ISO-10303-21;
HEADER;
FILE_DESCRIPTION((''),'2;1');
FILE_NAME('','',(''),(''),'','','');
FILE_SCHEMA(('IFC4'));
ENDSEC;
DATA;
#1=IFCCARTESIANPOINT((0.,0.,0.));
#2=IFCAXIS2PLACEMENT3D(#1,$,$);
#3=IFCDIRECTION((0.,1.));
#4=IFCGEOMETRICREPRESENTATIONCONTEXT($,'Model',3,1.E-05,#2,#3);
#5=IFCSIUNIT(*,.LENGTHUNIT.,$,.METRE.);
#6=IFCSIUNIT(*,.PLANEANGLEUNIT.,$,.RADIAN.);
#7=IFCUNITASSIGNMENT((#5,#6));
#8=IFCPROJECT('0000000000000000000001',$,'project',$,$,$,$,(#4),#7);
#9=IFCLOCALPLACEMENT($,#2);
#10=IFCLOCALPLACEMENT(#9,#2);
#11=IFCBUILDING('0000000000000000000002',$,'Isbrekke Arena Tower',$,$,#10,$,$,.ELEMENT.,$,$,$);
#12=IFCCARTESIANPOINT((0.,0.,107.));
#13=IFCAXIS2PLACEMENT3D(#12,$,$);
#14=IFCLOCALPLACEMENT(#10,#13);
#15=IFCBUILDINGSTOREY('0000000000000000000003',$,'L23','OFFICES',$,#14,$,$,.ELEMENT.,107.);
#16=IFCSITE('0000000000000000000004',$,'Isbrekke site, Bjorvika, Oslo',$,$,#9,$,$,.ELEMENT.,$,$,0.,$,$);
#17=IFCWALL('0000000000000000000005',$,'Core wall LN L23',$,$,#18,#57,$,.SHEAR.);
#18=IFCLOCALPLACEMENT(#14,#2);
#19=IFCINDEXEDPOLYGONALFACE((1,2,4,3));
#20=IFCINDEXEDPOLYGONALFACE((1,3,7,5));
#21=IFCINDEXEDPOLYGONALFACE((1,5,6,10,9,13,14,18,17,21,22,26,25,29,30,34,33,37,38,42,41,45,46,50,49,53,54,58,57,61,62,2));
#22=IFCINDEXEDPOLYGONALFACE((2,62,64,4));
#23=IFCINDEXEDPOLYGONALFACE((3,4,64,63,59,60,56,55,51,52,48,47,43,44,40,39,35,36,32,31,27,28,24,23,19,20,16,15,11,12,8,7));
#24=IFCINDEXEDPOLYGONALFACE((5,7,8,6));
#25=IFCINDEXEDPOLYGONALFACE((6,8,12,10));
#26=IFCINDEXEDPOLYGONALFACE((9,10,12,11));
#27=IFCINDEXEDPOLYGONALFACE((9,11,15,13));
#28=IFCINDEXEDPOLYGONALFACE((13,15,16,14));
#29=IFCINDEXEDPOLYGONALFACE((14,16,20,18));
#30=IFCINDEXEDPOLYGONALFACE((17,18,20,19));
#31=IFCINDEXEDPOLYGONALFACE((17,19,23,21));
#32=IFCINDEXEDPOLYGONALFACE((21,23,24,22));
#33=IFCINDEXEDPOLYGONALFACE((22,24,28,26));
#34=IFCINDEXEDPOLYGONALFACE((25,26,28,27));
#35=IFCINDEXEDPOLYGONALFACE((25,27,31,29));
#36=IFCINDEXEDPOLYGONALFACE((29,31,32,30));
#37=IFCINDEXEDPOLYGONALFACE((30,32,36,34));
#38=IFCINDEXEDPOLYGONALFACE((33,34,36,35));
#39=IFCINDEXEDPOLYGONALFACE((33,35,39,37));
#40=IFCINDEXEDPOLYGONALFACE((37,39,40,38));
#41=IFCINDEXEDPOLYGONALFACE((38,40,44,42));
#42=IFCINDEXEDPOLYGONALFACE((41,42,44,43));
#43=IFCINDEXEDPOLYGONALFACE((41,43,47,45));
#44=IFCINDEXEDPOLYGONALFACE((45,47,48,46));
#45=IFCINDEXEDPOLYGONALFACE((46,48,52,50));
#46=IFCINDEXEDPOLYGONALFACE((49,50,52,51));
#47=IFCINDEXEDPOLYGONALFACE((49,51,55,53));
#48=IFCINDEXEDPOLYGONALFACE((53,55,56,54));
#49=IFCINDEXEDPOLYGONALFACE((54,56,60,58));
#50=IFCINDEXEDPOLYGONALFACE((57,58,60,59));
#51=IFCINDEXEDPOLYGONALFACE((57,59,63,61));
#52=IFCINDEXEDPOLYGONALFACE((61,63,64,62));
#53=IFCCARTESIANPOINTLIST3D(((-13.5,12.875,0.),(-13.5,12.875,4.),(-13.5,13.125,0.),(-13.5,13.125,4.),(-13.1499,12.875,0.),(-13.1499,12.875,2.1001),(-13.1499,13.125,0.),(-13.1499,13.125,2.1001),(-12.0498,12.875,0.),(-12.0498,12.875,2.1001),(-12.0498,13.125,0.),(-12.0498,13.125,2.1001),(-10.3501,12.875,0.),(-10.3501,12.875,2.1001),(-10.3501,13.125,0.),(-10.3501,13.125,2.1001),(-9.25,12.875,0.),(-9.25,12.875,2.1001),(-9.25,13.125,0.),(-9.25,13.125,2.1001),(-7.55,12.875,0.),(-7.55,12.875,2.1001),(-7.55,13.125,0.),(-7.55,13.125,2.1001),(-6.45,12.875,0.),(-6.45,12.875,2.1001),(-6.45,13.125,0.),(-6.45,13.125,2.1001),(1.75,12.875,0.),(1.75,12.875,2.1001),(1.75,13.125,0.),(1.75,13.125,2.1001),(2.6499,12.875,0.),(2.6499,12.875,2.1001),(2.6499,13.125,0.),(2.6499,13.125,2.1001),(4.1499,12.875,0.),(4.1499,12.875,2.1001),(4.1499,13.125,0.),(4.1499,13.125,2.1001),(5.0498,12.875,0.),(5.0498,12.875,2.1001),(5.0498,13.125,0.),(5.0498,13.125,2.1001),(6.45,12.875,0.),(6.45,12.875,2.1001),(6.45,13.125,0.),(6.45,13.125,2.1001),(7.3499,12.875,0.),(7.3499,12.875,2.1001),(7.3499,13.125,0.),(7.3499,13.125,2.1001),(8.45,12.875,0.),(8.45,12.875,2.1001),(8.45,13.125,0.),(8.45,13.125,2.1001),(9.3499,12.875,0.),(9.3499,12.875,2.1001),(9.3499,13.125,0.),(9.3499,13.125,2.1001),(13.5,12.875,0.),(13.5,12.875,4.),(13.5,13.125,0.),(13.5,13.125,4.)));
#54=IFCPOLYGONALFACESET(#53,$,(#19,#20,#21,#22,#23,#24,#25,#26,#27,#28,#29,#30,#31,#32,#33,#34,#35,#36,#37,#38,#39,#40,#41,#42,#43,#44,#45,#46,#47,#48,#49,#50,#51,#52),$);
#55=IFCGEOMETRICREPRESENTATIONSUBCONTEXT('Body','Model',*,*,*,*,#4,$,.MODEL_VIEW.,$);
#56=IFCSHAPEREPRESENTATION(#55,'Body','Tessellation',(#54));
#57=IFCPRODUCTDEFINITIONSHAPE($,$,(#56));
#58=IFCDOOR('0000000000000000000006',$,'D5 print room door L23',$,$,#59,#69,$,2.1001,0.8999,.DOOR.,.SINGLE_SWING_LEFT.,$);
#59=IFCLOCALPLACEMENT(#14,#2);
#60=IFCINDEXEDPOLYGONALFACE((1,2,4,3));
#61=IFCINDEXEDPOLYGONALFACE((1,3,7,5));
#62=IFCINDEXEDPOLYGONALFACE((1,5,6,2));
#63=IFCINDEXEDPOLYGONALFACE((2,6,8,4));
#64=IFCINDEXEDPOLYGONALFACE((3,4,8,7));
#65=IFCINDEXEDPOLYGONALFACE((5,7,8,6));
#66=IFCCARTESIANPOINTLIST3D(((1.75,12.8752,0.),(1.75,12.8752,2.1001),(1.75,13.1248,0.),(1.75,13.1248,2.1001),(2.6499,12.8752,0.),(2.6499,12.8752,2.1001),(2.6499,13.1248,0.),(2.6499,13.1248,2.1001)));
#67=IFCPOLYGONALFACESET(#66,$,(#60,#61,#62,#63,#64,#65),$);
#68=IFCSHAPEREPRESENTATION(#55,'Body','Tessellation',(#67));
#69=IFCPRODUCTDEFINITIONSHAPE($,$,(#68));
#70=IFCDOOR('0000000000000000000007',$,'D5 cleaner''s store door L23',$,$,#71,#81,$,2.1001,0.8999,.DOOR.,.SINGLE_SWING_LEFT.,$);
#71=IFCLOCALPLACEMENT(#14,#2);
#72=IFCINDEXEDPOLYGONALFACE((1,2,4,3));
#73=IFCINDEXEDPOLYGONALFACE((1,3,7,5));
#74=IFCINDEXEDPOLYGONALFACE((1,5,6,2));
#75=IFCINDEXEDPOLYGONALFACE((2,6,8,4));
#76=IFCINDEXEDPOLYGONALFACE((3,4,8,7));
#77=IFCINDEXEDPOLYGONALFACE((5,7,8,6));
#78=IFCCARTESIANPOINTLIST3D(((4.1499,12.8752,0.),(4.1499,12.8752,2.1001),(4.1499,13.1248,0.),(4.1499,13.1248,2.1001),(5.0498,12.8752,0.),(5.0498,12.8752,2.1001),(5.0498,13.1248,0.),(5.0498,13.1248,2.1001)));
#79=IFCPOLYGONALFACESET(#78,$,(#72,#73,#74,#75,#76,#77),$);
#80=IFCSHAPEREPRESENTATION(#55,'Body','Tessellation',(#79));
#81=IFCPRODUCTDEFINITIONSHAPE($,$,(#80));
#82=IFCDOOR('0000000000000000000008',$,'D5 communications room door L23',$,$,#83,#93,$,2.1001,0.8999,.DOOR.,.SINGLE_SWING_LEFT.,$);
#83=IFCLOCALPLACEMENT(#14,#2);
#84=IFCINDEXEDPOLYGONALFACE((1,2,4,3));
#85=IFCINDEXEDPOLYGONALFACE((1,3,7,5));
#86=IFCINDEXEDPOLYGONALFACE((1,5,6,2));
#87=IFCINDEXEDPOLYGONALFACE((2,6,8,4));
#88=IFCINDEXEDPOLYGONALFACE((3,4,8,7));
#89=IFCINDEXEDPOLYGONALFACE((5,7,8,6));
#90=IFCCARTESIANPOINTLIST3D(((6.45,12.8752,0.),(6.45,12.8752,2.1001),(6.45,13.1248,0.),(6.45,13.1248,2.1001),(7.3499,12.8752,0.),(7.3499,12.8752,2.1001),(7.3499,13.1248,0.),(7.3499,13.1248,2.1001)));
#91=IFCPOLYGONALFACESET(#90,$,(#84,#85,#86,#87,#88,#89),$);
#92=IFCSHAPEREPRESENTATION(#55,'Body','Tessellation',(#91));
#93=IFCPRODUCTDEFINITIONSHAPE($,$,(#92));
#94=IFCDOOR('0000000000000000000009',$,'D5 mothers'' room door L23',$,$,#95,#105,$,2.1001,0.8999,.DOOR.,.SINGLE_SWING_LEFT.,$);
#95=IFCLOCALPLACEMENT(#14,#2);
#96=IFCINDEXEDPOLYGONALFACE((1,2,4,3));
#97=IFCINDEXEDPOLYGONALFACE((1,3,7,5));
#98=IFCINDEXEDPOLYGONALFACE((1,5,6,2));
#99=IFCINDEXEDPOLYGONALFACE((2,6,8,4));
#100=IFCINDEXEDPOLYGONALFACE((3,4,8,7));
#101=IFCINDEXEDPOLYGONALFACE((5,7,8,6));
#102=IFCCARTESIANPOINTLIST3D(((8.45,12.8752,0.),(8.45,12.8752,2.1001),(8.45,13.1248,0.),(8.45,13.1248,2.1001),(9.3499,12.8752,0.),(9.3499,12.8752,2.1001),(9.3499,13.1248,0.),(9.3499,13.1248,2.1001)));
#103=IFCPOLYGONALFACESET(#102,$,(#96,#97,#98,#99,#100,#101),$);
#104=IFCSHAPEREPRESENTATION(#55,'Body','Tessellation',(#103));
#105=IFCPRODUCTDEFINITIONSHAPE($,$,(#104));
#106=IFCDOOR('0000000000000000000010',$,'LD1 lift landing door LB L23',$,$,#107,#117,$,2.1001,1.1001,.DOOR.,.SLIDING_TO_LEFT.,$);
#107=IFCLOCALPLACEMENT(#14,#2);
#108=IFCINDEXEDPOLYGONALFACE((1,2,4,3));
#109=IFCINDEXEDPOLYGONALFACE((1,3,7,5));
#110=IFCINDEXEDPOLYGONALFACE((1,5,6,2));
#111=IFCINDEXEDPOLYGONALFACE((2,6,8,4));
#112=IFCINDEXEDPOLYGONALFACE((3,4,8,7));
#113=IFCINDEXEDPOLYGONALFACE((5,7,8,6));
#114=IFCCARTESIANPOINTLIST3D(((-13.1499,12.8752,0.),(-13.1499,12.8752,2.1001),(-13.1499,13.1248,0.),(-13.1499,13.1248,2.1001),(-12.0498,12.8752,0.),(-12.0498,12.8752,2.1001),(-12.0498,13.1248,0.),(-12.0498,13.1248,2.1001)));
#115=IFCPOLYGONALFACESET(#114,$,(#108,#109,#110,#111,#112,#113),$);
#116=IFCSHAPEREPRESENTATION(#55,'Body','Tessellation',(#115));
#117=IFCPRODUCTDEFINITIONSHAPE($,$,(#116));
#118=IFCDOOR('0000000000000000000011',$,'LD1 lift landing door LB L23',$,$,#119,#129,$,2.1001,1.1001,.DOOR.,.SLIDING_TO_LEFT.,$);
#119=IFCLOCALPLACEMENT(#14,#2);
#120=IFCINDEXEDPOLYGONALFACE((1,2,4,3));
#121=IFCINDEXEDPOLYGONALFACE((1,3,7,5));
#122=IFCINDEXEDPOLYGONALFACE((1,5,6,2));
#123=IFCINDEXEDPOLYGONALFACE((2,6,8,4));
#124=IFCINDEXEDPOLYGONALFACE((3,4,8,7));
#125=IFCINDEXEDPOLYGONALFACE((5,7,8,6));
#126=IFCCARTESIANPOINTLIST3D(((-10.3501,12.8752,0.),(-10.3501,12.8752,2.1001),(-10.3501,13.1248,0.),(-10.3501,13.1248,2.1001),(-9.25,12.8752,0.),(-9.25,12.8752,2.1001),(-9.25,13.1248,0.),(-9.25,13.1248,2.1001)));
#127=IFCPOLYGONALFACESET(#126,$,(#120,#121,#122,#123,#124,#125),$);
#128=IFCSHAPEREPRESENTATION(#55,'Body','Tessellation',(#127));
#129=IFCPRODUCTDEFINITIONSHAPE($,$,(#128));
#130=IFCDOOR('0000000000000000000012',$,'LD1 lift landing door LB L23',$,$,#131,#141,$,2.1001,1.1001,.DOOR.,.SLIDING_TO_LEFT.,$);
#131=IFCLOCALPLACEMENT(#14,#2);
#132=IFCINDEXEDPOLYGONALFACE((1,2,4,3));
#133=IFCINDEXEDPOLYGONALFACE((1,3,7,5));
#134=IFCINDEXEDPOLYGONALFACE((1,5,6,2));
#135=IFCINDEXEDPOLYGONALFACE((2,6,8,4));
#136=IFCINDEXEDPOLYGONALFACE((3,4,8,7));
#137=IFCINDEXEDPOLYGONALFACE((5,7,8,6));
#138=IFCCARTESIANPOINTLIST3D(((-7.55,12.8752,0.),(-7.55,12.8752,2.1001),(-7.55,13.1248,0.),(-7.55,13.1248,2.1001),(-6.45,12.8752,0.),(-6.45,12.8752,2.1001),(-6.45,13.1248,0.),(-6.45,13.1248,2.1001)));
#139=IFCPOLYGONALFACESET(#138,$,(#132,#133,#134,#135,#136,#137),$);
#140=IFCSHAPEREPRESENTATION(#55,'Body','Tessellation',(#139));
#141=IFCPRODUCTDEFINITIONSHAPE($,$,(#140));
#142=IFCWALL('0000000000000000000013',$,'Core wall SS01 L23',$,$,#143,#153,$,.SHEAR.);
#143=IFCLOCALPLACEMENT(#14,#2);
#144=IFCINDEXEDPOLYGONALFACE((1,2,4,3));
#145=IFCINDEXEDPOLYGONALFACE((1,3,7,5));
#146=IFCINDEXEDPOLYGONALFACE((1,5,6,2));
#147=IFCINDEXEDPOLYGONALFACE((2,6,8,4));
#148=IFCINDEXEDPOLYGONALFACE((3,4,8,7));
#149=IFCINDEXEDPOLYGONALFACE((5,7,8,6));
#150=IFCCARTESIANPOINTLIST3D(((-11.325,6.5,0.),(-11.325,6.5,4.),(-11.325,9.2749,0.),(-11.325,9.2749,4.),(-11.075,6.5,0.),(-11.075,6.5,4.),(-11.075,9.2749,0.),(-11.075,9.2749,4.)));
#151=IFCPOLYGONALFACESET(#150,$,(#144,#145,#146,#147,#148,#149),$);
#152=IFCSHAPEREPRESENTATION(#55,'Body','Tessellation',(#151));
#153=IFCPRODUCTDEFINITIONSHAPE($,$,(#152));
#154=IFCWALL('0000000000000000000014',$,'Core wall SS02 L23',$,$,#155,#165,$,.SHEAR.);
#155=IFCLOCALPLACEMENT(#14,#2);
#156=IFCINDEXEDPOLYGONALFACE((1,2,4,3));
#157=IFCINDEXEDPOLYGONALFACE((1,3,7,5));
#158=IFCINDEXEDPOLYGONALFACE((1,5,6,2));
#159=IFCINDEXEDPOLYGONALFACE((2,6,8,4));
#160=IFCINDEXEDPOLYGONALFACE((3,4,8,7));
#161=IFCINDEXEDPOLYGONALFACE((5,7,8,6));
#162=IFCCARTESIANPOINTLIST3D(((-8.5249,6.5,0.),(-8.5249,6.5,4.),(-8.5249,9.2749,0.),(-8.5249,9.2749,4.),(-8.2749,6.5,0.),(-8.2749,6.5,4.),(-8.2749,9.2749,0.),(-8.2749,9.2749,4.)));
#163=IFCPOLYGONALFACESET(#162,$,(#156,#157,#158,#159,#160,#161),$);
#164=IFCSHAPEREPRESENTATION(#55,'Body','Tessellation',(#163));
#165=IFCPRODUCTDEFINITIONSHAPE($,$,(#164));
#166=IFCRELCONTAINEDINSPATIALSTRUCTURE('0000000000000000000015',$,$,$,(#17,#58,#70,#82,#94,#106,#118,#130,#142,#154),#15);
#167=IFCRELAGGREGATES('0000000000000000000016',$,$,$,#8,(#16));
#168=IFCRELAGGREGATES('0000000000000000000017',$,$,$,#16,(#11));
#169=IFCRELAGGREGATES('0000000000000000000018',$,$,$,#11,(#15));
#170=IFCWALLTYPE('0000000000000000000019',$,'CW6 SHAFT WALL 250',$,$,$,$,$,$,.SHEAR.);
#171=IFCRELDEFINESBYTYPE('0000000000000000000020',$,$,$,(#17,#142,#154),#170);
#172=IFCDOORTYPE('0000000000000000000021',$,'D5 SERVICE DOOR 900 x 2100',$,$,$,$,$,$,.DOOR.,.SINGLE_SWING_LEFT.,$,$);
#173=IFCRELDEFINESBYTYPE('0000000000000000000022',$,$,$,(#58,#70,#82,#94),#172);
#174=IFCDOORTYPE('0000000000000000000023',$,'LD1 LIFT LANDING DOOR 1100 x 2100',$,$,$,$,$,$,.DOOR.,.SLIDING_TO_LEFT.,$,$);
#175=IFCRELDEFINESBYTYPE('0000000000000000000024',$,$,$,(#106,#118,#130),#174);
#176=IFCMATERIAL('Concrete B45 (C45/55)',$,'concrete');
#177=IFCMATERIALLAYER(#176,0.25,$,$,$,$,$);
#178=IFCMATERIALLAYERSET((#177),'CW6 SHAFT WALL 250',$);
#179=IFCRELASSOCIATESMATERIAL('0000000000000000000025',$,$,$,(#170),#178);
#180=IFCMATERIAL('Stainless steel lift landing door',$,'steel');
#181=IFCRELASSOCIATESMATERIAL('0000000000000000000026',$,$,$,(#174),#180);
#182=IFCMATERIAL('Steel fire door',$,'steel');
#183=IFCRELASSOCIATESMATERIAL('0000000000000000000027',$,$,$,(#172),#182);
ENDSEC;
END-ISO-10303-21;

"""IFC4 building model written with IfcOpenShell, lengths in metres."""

from ifc_helpers import new_model, si_unit, direction, frame, frame_2d, origin, place, context, subcontext, project, spatial, rectangle, extrude, material, layer, layer_set, type_object, element, fill, save


model = new_model("IFC4")

# Units and contexts
model_context = context("Model", 3, precision=1e-05, world=origin(), true_north=direction((0.0, 1.0)))
body_context = subcontext(model_context, "Body", "Model", "MODEL_VIEW")
ifc_project = project(units=[si_unit("LENGTHUNIT", "METRE"), si_unit("PLANEANGLEUNIT", "RADIAN")], contexts=[model_context])

# Site, building, storey
site_placement = place(None, origin())
site = spatial("IfcSite", under=ifc_project, at=site_placement, Name="Isbrekke site, Bjorvika, Oslo", CompositionType="ELEMENT", RefElevation=0.0)
building_placement = place(site_placement, origin())
building = spatial("IfcBuilding", under=site, at=building_placement, Name="Isbrekke Arena Tower", CompositionType="ELEMENT")
storey_placement = place(building_placement, frame((0.0, 0.0, 107.0)))
storey = spatial("IfcBuildingStorey", under=building, at=storey_placement, Name="L23", Description="OFFICES", CompositionType="ELEMENT", Elevation=107.0)

# Wall, openings, doors
ifc_material_1 = material(Name="Concrete B45 (C45/55)", Category="concrete")
ifc_layer_1 = layer(ifc_material_1, 0.25)
ifc_layer_set_1 = layer_set([ifc_layer_1], Name="CW6 SHAFT WALL 250")
wall_type_1 = type_object("IfcWallType", Name="CW6 SHAFT WALL 250", PredefinedType="SHEAR", material=ifc_layer_set_1)
ifc_material_2 = material(Name="Stainless steel lift landing door", Category="steel")
door_type_1 = type_object("IfcDoorType", Name="LD1 LIFT LANDING DOOR 1100 x 2100", OperationType="SLIDING_TO_LEFT", PredefinedType="DOOR", material=ifc_material_2)
wall_1_placement = place(storey_placement, frame((-13.5, 13.0, 0.0), z_axis=(0.0, 0.0, 1.0), x_axis=(1.0, 0.0, 0.0)))
wall_1 = element("IfcWall", 1, at=wall_1_placement, inside=storey, type_object=wall_type_1, Name="Core wall LN L23", PredefinedType="SHEAR", context=body_context, shape_type="SweptSolid", body=[
    extrude(rectangle(XDim=27.0, YDim=0.25, at=frame_2d((13.5, 0.0))), origin(), (0.0, 0.0, 1.0), 4.0),
])
opening_1_placement = place(wall_1_placement, frame((0.3501, 0.0, 0.0)))
opening_1 = element("IfcOpeningElement", 2, at=opening_1_placement, cuts=wall_1, PredefinedType="OPENING", context=body_context, shape_type="SweptSolid", body=[
    extrude(rectangle(XDim=1.1001, YDim=2.1001, at=frame_2d((0.55, 1.05))), frame((0.0, 0.1399, 0.0), z_axis=(0.0, -1.0, 0.0), x_axis=(1.0, 0.0, 0.0)), (0.0, 0.0, 1.0), 0.2798),
])
opening_2_placement = place(wall_1_placement, frame((3.1499, 0.0, 0.0)))
opening_2 = element("IfcOpeningElement", 3, at=opening_2_placement, cuts=wall_1, PredefinedType="OPENING", context=body_context, shape_type="SweptSolid", body=[
    extrude(rectangle(XDim=1.1001, YDim=2.1001, at=frame_2d((0.55, 1.05))), frame((0.0, 0.1399, 0.0), z_axis=(0.0, -1.0, 0.0), x_axis=(1.0, 0.0, 0.0)), (0.0, 0.0, 1.0), 0.2798),
])
opening_3_placement = place(wall_1_placement, frame((5.95, 0.0, 0.0)))
opening_3 = element("IfcOpeningElement", 4, at=opening_3_placement, cuts=wall_1, PredefinedType="OPENING", context=body_context, shape_type="SweptSolid", body=[
    extrude(rectangle(XDim=1.1001, YDim=2.1001, at=frame_2d((0.55, 1.05))), frame((0.0, 0.1399, 0.0), z_axis=(0.0, -1.0, 0.0), x_axis=(1.0, 0.0, 0.0)), (0.0, 0.0, 1.0), 0.2798),
])
opening_4_placement = place(wall_1_placement, frame((15.25, 0.0, 0.0)))
opening_4 = element("IfcOpeningElement", 5, at=opening_4_placement, cuts=wall_1, PredefinedType="OPENING", context=body_context, shape_type="SweptSolid", body=[
    extrude(rectangle(XDim=0.8999, YDim=2.1001, at=frame_2d((0.45, 1.05))), frame((0.0, 0.1399, 0.0), z_axis=(0.0, -1.0, 0.0), x_axis=(1.0, 0.0, 0.0)), (0.0, 0.0, 1.0), 0.2798),
])
opening_5_placement = place(wall_1_placement, frame((17.6499, 0.0, 0.0)))
opening_5 = element("IfcOpeningElement", 6, at=opening_5_placement, cuts=wall_1, PredefinedType="OPENING", context=body_context, shape_type="SweptSolid", body=[
    extrude(rectangle(XDim=0.8999, YDim=2.1001, at=frame_2d((0.45, 1.05))), frame((0.0, 0.1399, 0.0), z_axis=(0.0, -1.0, 0.0), x_axis=(1.0, 0.0, 0.0)), (0.0, 0.0, 1.0), 0.2798),
])
opening_6_placement = place(wall_1_placement, frame((19.95, 0.0, 0.0)))
opening_6 = element("IfcOpeningElement", 7, at=opening_6_placement, cuts=wall_1, PredefinedType="OPENING", context=body_context, shape_type="SweptSolid", body=[
    extrude(rectangle(XDim=0.8999, YDim=2.1001, at=frame_2d((0.45, 1.05))), frame((0.0, 0.1399, 0.0), z_axis=(0.0, -1.0, 0.0), x_axis=(1.0, 0.0, 0.0)), (0.0, 0.0, 1.0), 0.2798),
])
opening_7_placement = place(wall_1_placement, frame((21.95, 0.0, 0.0)))
opening_7 = element("IfcOpeningElement", 8, at=opening_7_placement, cuts=wall_1, PredefinedType="OPENING", context=body_context, shape_type="SweptSolid", body=[
    extrude(rectangle(XDim=0.8999, YDim=2.1001, at=frame_2d((0.45, 1.05))), frame((0.0, 0.1399, 0.0), z_axis=(0.0, -1.0, 0.0), x_axis=(1.0, 0.0, 0.0)), (0.0, 0.0, 1.0), 0.2798),
])
ifc_material_3 = material(Name="Steel fire door", Category="steel")
door_type_2 = type_object("IfcDoorType", Name="D5 SERVICE DOOR 900 x 2100", OperationType="SINGLE_SWING_LEFT", PredefinedType="DOOR", material=ifc_material_3)
door_1_placement = place(opening_4_placement, origin())
door_1 = element("IfcDoor", 9, at=door_1_placement, inside=storey, type_object=door_type_2, Name="D5 print room door L23", OperationType="SINGLE_SWING_LEFT", OverallHeight=2.1001, OverallWidth=0.8999, PredefinedType="DOOR", context=body_context, shape_type="SweptSolid", body=[
    extrude(rectangle(XDim=0.8999, YDim=2.1001, at=frame_2d((0.45, 1.05))), frame((0.0, 0.1248, 0.0), z_axis=(0.0, -1.0, 0.0), x_axis=(1.0, 0.0, 0.0)), (0.0, 0.0, 1.0), 0.2495),
])
fill(opening_4, door_1)
door_2_placement = place(opening_5_placement, origin())
door_2 = element("IfcDoor", 10, at=door_2_placement, inside=storey, type_object=door_type_2, Name="D5 cleaner's store door L23", OperationType="SINGLE_SWING_LEFT", OverallHeight=2.1001, OverallWidth=0.8999, PredefinedType="DOOR", context=body_context, shape_type="SweptSolid", body=[
    extrude(rectangle(XDim=0.8999, YDim=2.1001, at=frame_2d((0.45, 1.05))), frame((0.0, 0.1248, 0.0), z_axis=(0.0, -1.0, 0.0), x_axis=(1.0, 0.0, 0.0)), (0.0, 0.0, 1.0), 0.2495),
])
fill(opening_5, door_2)
door_3_placement = place(opening_6_placement, origin())
door_3 = element("IfcDoor", 11, at=door_3_placement, inside=storey, type_object=door_type_2, Name="D5 communications room door L23", OperationType="SINGLE_SWING_LEFT", OverallHeight=2.1001, OverallWidth=0.8999, PredefinedType="DOOR", context=body_context, shape_type="SweptSolid", body=[
    extrude(rectangle(XDim=0.8999, YDim=2.1001, at=frame_2d((0.45, 1.05))), frame((0.0, 0.1248, 0.0), z_axis=(0.0, -1.0, 0.0), x_axis=(1.0, 0.0, 0.0)), (0.0, 0.0, 1.0), 0.2495),
])
fill(opening_6, door_3)
door_4_placement = place(opening_7_placement, origin())
door_4 = element("IfcDoor", 12, at=door_4_placement, inside=storey, type_object=door_type_2, Name="D5 mothers' room door L23", OperationType="SINGLE_SWING_LEFT", OverallHeight=2.1001, OverallWidth=0.8999, PredefinedType="DOOR", context=body_context, shape_type="SweptSolid", body=[
    extrude(rectangle(XDim=0.8999, YDim=2.1001, at=frame_2d((0.45, 1.05))), frame((0.0, 0.1248, 0.0), z_axis=(0.0, -1.0, 0.0), x_axis=(1.0, 0.0, 0.0)), (0.0, 0.0, 1.0), 0.2495),
])
fill(opening_7, door_4)
door_5_placement = place(opening_1_placement, origin())
door_5 = element("IfcDoor", 13, at=door_5_placement, inside=storey, type_object=door_type_1, Name="LD1 lift landing door LB L23", OperationType="SLIDING_TO_LEFT", OverallHeight=2.1001, OverallWidth=1.1001, PredefinedType="DOOR", context=body_context, shape_type="SweptSolid", body=[
    extrude(rectangle(XDim=1.1001, YDim=2.1001, at=frame_2d((0.55, 1.05))), frame((0.0, 0.1248, 0.0), z_axis=(0.0, -1.0, 0.0), x_axis=(1.0, 0.0, 0.0)), (0.0, 0.0, 1.0), 0.2495),
])
fill(opening_1, door_5)
door_6_placement = place(opening_2_placement, origin())
door_6 = element("IfcDoor", 14, at=door_6_placement, inside=storey, type_object=door_type_1, Name="LD1 lift landing door LB L23", OperationType="SLIDING_TO_LEFT", OverallHeight=2.1001, OverallWidth=1.1001, PredefinedType="DOOR", context=body_context, shape_type="SweptSolid", body=[
    extrude(rectangle(XDim=1.1001, YDim=2.1001, at=frame_2d((0.55, 1.05))), frame((0.0, 0.1248, 0.0), z_axis=(0.0, -1.0, 0.0), x_axis=(1.0, 0.0, 0.0)), (0.0, 0.0, 1.0), 0.2495),
])
fill(opening_2, door_6)
door_7_placement = place(opening_3_placement, origin())
door_7 = element("IfcDoor", 15, at=door_7_placement, inside=storey, type_object=door_type_1, Name="LD1 lift landing door LB L23", OperationType="SLIDING_TO_LEFT", OverallHeight=2.1001, OverallWidth=1.1001, PredefinedType="DOOR", context=body_context, shape_type="SweptSolid", body=[
    extrude(rectangle(XDim=1.1001, YDim=2.1001, at=frame_2d((0.55, 1.05))), frame((0.0, 0.1248, 0.0), z_axis=(0.0, -1.0, 0.0), x_axis=(1.0, 0.0, 0.0)), (0.0, 0.0, 1.0), 0.2495),
])
fill(opening_3, door_7)

# Walls
for number, where, z_axis, x_axis, name in (
    (16, (-11.2, 6.5, 0.0), (0.0, 0.0, 1.0), (0.0, 1.0, 0.0), "Core wall SS01 L23"),
    (17, (-8.3999, 6.5, 0.0), (0.0, 0.0, 1.0), (0.0, 1.0, 0.0), "Core wall SS02 L23"),
):
    element("IfcWall", number, at=place(storey_placement, frame(where, z_axis=z_axis, x_axis=x_axis)), inside=storey, type_object=wall_type_1, Name=name, PredefinedType="SHEAR", context=body_context, shape_type="SweptSolid", body=[
        extrude(rectangle(XDim=2.7749, YDim=0.25, at=frame_2d((1.3875, 0.0))), origin(), (0.0, 0.0, 1.0), 4.0),
    ])

save(model, "model.ifc")
